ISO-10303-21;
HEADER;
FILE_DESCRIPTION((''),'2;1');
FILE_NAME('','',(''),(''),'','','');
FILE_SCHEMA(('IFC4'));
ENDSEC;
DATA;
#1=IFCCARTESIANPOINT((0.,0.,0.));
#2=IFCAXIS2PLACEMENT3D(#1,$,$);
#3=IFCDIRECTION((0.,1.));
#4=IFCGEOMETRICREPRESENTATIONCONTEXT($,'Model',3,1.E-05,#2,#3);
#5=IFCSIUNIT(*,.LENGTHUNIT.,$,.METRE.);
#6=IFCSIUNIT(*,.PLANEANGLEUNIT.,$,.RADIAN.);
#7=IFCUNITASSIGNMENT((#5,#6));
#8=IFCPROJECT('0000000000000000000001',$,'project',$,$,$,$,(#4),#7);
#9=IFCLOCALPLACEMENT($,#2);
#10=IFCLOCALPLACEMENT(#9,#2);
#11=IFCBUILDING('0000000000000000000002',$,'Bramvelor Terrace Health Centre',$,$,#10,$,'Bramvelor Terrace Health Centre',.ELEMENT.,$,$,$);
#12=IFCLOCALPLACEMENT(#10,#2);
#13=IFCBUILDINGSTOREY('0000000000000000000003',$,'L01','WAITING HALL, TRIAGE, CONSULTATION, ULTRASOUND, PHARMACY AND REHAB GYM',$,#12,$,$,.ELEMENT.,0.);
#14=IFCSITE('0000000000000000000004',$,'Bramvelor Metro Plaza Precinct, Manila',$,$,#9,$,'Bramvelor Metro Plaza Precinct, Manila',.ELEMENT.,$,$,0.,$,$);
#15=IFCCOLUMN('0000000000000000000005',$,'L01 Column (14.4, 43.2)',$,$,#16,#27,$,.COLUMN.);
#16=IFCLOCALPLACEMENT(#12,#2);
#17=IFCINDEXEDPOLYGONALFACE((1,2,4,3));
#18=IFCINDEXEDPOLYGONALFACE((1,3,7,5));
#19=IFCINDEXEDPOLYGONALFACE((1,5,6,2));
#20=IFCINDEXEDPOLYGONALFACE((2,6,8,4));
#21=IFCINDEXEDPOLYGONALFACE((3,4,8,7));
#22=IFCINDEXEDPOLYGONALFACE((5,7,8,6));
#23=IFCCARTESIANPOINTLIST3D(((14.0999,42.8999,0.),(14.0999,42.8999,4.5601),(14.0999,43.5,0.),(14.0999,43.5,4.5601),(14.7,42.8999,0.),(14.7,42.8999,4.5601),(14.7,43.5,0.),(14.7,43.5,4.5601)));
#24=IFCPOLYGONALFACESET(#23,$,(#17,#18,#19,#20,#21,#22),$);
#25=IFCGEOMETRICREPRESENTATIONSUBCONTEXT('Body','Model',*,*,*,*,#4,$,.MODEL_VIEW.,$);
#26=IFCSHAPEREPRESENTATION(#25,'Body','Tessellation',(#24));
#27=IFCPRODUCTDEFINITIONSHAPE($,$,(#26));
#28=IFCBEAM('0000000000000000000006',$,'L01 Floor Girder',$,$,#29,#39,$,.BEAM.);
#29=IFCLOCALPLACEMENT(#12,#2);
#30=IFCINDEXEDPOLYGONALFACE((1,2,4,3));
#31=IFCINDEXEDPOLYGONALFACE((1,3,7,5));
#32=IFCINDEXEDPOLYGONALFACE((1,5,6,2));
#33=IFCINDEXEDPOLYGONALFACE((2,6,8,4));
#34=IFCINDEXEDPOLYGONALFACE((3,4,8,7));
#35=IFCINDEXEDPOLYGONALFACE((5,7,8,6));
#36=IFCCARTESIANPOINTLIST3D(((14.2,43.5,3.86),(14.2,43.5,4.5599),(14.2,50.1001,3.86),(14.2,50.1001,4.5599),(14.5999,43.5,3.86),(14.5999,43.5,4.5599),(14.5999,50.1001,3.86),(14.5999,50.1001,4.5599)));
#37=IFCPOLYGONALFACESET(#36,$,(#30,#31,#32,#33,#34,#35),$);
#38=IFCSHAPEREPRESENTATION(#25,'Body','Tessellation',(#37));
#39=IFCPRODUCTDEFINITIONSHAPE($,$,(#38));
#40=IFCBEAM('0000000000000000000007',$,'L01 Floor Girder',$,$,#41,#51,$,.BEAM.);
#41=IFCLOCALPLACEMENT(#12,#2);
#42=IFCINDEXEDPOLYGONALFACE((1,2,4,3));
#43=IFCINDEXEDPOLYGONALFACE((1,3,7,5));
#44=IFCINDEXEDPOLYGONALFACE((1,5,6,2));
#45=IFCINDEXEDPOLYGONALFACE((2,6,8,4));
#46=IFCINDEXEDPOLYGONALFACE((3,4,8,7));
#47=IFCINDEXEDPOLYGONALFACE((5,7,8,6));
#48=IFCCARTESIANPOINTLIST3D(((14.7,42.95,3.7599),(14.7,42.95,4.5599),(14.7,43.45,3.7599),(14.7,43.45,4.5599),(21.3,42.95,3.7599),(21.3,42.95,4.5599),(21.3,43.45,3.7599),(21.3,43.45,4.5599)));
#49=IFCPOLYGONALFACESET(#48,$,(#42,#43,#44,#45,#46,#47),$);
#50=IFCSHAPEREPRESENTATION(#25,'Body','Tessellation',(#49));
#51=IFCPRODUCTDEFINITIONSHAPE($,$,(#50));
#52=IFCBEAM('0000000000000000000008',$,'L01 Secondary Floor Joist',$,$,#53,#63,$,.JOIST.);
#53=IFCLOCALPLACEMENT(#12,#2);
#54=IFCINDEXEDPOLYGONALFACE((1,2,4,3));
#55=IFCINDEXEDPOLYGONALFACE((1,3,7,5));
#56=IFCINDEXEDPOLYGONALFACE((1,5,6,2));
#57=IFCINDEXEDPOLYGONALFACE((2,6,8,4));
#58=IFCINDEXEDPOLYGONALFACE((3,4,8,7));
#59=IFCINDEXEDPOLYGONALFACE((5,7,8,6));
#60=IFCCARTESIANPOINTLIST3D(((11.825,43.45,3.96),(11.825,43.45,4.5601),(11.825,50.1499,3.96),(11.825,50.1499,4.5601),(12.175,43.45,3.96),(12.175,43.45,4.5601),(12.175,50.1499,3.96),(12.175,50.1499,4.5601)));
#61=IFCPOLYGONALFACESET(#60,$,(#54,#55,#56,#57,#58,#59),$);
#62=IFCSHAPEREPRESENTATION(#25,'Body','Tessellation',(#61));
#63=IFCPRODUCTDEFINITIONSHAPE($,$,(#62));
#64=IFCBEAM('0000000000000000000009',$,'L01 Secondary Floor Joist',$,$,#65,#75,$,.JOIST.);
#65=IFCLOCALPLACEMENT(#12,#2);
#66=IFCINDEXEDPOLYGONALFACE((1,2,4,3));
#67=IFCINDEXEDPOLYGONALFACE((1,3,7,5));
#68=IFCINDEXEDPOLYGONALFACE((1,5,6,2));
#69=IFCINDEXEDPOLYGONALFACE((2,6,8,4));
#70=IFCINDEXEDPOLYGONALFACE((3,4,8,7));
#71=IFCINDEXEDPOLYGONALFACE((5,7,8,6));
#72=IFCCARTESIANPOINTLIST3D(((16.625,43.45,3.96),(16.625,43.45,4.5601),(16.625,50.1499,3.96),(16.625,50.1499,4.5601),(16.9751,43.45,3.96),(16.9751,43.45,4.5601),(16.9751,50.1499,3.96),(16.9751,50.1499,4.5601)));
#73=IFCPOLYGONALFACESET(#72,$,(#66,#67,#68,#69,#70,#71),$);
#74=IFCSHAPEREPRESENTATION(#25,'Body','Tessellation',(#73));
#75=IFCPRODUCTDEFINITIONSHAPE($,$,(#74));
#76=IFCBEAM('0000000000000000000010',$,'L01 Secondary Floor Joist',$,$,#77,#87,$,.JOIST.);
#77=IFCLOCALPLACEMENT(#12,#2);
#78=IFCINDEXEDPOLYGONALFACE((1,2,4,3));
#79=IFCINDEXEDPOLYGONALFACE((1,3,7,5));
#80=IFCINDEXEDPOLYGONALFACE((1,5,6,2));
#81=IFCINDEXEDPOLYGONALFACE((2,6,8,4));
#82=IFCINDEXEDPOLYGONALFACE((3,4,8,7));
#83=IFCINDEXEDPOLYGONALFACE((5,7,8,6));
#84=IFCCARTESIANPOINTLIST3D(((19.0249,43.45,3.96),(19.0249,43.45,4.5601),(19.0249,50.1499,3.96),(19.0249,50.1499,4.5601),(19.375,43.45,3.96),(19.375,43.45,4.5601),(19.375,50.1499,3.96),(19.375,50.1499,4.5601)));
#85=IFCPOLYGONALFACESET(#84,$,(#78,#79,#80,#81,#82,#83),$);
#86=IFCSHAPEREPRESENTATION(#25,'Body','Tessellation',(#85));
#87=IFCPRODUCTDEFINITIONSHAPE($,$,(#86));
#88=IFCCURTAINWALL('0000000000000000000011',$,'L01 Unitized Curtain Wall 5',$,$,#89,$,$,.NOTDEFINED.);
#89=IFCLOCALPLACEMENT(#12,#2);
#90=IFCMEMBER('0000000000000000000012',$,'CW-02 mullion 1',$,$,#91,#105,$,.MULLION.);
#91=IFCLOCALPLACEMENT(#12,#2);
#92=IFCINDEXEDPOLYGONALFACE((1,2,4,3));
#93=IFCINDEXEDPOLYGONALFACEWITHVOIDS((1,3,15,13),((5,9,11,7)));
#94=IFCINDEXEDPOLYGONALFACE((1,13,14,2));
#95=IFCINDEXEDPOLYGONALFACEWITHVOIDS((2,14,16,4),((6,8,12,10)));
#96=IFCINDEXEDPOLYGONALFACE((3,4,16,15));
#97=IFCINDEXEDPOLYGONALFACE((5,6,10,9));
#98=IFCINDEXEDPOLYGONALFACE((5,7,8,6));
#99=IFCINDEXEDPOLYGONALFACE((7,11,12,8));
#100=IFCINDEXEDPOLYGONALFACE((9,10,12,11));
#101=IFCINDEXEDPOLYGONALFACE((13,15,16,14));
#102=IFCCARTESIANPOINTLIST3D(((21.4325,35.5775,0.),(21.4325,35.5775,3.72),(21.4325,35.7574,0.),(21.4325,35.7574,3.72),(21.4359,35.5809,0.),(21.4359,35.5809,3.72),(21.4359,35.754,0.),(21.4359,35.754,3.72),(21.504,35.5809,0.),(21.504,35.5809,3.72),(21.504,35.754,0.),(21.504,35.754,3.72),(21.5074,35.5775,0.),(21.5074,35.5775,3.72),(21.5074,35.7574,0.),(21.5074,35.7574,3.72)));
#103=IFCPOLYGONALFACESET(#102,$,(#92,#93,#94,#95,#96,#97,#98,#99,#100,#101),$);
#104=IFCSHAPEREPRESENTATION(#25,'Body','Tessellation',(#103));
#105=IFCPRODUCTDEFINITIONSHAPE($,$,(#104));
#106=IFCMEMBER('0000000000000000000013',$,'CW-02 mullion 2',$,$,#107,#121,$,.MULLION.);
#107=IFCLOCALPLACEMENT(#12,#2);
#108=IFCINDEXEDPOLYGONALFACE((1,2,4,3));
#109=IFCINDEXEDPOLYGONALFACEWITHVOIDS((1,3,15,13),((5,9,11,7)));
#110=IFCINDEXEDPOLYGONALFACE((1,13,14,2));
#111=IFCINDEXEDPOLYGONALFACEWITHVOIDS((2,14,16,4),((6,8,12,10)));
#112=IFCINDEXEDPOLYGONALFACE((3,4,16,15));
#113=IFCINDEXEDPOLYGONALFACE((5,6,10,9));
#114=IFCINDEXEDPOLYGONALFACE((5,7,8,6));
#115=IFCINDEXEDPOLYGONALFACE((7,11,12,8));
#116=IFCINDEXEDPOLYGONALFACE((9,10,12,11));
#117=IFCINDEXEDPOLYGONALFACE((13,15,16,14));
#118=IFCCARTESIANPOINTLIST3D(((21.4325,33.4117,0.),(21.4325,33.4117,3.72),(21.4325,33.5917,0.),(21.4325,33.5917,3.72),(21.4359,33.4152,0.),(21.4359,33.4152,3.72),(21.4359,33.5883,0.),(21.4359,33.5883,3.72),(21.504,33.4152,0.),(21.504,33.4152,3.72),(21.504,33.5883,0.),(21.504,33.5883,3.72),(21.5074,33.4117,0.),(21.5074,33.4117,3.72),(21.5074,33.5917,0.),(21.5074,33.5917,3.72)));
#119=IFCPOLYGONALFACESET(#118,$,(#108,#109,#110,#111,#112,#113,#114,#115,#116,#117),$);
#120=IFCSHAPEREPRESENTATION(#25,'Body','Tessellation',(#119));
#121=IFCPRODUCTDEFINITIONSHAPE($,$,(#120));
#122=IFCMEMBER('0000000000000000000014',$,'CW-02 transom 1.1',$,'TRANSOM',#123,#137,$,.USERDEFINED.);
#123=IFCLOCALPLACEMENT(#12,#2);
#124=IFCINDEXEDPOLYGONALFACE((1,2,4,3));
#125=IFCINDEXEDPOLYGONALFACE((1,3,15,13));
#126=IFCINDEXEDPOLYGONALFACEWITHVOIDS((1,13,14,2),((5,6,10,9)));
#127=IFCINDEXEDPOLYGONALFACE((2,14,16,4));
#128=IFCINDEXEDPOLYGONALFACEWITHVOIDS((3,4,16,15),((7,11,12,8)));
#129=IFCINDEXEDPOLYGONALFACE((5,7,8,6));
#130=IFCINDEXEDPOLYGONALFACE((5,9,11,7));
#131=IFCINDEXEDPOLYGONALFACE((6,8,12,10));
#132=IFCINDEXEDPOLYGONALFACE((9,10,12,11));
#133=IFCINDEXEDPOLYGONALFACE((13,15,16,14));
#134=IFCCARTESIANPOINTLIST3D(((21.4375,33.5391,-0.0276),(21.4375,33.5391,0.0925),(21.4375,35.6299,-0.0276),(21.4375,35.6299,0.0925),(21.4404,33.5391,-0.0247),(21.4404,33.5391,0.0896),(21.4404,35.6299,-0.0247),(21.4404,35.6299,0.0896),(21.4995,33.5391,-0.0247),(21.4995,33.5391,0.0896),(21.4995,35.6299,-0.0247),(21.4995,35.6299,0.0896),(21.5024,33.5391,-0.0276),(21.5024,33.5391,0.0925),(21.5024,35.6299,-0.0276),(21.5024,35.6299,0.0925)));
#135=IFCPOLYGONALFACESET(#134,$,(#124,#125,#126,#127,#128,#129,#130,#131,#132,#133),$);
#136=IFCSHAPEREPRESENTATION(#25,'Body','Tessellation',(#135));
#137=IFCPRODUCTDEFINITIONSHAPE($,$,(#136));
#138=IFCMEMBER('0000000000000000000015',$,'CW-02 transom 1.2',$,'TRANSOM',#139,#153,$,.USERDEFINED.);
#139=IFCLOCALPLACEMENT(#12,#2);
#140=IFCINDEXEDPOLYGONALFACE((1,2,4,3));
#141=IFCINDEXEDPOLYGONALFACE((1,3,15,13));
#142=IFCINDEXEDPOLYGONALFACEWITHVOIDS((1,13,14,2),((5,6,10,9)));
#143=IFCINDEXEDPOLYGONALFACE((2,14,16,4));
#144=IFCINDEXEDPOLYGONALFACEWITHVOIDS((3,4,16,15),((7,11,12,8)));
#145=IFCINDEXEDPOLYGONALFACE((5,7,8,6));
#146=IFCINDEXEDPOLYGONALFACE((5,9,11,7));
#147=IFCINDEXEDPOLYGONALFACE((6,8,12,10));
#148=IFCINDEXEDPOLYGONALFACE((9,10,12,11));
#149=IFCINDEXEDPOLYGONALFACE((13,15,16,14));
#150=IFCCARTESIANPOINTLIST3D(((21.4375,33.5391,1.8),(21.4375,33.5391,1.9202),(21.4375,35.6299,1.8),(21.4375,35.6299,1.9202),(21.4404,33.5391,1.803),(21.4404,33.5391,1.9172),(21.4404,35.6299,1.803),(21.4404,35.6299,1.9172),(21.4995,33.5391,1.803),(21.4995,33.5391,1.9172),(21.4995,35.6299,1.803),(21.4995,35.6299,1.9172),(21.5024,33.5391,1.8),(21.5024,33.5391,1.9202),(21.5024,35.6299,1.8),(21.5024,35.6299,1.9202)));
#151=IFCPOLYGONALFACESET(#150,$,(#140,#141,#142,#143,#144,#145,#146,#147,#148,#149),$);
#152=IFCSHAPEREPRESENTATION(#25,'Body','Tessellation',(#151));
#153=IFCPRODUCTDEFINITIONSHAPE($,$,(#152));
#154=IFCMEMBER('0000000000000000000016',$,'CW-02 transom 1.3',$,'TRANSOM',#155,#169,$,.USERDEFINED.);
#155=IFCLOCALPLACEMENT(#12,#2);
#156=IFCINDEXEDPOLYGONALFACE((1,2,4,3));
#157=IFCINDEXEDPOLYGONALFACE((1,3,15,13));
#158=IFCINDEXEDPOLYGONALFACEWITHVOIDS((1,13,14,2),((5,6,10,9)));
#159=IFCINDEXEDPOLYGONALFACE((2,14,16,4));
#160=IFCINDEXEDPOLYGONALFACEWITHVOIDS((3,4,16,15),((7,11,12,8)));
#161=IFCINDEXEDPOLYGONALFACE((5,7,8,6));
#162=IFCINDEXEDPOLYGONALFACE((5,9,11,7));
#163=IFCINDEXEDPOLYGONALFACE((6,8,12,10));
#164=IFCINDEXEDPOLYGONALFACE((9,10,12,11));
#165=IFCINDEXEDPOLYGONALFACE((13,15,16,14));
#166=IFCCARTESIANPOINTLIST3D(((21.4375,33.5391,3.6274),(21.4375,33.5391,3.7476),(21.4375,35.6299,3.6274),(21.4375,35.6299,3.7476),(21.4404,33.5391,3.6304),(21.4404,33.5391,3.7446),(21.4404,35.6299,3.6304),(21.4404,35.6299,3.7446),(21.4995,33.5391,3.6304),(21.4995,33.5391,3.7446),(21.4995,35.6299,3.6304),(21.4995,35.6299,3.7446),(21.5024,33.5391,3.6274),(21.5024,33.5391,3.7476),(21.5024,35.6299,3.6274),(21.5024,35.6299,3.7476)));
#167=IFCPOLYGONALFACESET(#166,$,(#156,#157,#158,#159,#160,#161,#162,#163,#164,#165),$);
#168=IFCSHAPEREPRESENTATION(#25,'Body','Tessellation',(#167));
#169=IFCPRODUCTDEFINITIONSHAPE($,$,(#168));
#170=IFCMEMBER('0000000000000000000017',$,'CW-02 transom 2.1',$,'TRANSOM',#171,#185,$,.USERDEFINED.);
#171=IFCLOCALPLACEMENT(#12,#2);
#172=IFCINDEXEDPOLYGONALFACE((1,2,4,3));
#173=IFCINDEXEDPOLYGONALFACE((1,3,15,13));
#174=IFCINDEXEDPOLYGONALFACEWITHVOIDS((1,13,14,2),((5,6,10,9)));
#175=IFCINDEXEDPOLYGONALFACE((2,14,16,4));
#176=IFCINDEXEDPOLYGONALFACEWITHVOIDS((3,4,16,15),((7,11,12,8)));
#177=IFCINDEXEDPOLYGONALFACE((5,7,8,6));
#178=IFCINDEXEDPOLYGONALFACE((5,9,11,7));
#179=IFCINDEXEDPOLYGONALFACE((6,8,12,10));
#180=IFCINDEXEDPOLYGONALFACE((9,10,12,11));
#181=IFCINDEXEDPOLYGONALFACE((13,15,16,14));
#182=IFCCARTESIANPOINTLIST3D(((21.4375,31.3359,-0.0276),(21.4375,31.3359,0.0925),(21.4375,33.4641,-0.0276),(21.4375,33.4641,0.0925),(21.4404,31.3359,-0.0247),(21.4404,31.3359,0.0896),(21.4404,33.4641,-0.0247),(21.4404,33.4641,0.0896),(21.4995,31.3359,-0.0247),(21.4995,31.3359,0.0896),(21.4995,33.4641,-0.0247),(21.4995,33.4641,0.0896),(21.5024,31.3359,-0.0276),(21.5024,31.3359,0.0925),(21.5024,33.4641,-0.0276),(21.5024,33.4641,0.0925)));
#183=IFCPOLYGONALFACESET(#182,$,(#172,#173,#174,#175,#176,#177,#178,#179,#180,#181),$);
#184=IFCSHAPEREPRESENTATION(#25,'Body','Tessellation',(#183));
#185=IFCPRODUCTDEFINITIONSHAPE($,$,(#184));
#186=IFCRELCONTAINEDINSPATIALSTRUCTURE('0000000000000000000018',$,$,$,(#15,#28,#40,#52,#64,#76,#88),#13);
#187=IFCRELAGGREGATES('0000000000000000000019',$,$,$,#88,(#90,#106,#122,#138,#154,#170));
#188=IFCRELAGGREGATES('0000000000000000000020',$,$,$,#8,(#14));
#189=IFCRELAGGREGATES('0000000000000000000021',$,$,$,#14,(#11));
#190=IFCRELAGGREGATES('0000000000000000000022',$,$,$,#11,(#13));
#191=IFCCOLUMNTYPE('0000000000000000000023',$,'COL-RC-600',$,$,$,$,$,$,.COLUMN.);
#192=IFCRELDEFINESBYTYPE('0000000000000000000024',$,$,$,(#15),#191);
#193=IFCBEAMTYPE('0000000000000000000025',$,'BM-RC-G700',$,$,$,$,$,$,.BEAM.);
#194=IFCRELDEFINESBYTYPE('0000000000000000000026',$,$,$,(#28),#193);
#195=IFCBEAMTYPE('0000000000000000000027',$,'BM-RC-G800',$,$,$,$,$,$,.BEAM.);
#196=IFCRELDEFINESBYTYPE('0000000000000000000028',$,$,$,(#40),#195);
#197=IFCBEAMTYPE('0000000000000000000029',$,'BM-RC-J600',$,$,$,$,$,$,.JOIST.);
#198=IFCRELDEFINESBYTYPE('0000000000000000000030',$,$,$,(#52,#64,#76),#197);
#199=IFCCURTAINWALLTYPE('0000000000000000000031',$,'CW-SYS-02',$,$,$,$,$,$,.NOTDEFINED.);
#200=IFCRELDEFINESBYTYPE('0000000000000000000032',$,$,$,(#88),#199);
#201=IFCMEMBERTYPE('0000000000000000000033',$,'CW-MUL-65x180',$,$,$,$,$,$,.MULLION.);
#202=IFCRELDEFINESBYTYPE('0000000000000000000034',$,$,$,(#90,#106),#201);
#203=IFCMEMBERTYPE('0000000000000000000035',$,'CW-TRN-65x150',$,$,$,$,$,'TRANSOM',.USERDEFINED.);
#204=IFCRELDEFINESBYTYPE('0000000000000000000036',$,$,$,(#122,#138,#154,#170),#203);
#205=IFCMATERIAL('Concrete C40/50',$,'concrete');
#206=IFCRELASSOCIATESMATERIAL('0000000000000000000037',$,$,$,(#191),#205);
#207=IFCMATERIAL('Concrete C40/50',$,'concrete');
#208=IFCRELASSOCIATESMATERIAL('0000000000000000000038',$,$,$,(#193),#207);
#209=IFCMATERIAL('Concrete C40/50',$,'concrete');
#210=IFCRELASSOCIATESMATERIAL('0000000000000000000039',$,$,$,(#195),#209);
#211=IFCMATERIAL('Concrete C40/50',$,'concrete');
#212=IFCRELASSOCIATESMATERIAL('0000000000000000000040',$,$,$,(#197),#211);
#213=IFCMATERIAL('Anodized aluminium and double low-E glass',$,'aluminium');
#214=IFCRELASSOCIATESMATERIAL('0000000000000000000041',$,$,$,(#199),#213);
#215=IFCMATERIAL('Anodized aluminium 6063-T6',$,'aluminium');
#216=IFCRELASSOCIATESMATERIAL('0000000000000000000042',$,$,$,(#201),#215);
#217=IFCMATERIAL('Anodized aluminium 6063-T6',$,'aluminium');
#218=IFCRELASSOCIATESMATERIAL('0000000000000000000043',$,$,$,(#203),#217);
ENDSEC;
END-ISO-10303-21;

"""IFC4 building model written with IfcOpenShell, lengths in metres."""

from ifc_helpers import new_model, si_unit, direction, frame, origin, origin_2d, place, context, subcontext, project, spatial, rectangle, hollow_rectangle, extrude, material, material_profile, profile_set, type_object, element, aggregate, save


model = new_model("IFC4")

# Units and contexts
model_context = context("Model", 3, precision=1e-05, world=origin(), true_north=direction((0.0, 1.0)))
body_context = subcontext(model_context, "Body", "Model", "MODEL_VIEW")
ifc_project = project(units=[si_unit("LENGTHUNIT", "METRE"), si_unit("PLANEANGLEUNIT", "RADIAN")], contexts=[model_context])

# Site, building, storey
site_placement = place(None, origin())
site = spatial("IfcSite", under=ifc_project, at=site_placement, Name="Bramvelor Metro Plaza Precinct, Manila", LongName="Bramvelor Metro Plaza Precinct, Manila", CompositionType="ELEMENT", RefElevation=0.0)
building_placement = place(site_placement, origin())
building = spatial("IfcBuilding", under=site, at=building_placement, Name="Bramvelor Terrace Health Centre", LongName="Bramvelor Terrace Health Centre", CompositionType="ELEMENT")
storey_placement = place(building_placement, origin())
storey = spatial("IfcBuildingStorey", under=building, at=storey_placement, Name="L01", Description="WAITING HALL, TRIAGE, CONSULTATION, ULTRASOUND, PHARMACY AND REHAB GYM", CompositionType="ELEMENT", Elevation=0.0)

# Column
ifc_material_1 = material(Name="Concrete C40/50", Category="concrete")
ifc_material_profile_1 = material_profile(ifc_material_1, rectangle(XDim=0.6001, YDim=0.6001, at=origin_2d()), Name="RC 600x600")
ifc_profile_set_1 = profile_set([ifc_material_profile_1], Name="Concrete C40/50")
column_type = type_object("IfcColumnType", Name="COL-RC-600", PredefinedType="COLUMN", material=ifc_profile_set_1)
column_placement = place(storey_placement, frame((14.3999, 43.2, 0.0), z_axis=(0.0, 0.0, 1.0), x_axis=(1.0, 0.0, 0.0)))
element("IfcColumn", 1, at=column_placement, inside=storey, type_object=column_type, Name="L01 Column (14.4, 43.2)", PredefinedType="COLUMN", context=body_context, shape_type="SweptSolid", body=[
    extrude(rectangle(XDim=0.6001, YDim=0.6001, at=origin_2d()), origin(), (0.0, 0.0, 1.0), 4.5601),
])

# Beams
ifc_material_2 = material(Name="Concrete C40/50", Category="concrete")
ifc_material_profile_2 = material_profile(ifc_material_2, rectangle(XDim=0.3999, YDim=0.7, at=origin_2d()), Name="RC 400x700")
ifc_profile_set_2 = profile_set([ifc_material_profile_2], Name="Concrete C40/50")
beam_type_1 = type_object("IfcBeamType", Name="BM-RC-G700", PredefinedType="BEAM", material=ifc_profile_set_2)
beam_1_placement = place(storey_placement, frame((14.3999, 43.5, 4.21), z_axis=(0.0, 1.0, 0.0), x_axis=(-1.0, 0.0, 0.0)))
element("IfcBeam", 2, at=beam_1_placement, inside=storey, type_object=beam_type_1, Name="L01 Floor Girder", PredefinedType="BEAM", context=body_context, shape_type="SweptSolid", body=[
    extrude(rectangle(XDim=0.3999, YDim=0.7, at=origin_2d()), origin(), (0.0, 0.0, 1.0), 6.6001),
])
ifc_material_3 = material(Name="Concrete C40/50", Category="concrete")
ifc_material_profile_3 = material_profile(ifc_material_3, rectangle(XDim=0.5, YDim=0.8, at=origin_2d()), Name="RC 500x800")
ifc_profile_set_3 = profile_set([ifc_material_profile_3], Name="Concrete C40/50")
beam_type_2 = type_object("IfcBeamType", Name="BM-RC-G800", PredefinedType="BEAM", material=ifc_profile_set_3)
beam_2_placement = place(storey_placement, frame((14.7, 43.2, 4.1599), z_axis=(1.0, 0.0, 0.0), x_axis=(0.0, 1.0, 0.0)))
element("IfcBeam", 3, at=beam_2_placement, inside=storey, type_object=beam_type_2, Name="L01 Floor Girder", PredefinedType="BEAM", context=body_context, shape_type="SweptSolid", body=[
    extrude(rectangle(XDim=0.5, YDim=0.8, at=origin_2d()), origin(), (0.0, 0.0, 1.0), 6.6001),
])
ifc_material_4 = material(Name="Concrete C40/50", Category="concrete")
ifc_material_profile_4 = material_profile(ifc_material_4, rectangle(XDim=0.3501, YDim=0.6001, at=origin_2d()), Name="RC 350x600")
ifc_profile_set_4 = profile_set([ifc_material_profile_4], Name="Concrete C40/50")
beam_type_3 = type_object("IfcBeamType", Name="BM-RC-J600", PredefinedType="JOIST", material=ifc_profile_set_4)
for number, where, z_axis, x_axis, name in (
    (4, (12.0, 43.45, 4.26), (0.0, 1.0, 0.0), (-1.0, 0.0, 0.0), "L01 Secondary Floor Joist"),
    (5, (16.8, 43.45, 4.26), (0.0, 1.0, 0.0), (-1.0, 0.0, 0.0), "L01 Secondary Floor Joist"),
    (6, (19.2, 43.45, 4.26), (0.0, 1.0, 0.0), (-1.0, 0.0, 0.0), "L01 Secondary Floor Joist"),
):
    element("IfcBeam", number, at=place(storey_placement, frame(where, z_axis=z_axis, x_axis=x_axis)), inside=storey, type_object=beam_type_3, Name=name, PredefinedType="JOIST", context=body_context, shape_type="SweptSolid", body=[
        extrude(rectangle(XDim=0.3501, YDim=0.6001, at=origin_2d()), origin(), (0.0, 0.0, 1.0), 6.7),
    ])

# Curtain wall, members
ifc_material_5 = material(Name="Anodized aluminium and double low-E glass", Category="aluminium")
curtain_wall_type = type_object("IfcCurtainWallType", Name="CW-SYS-02", PredefinedType="NOTDEFINED", material=ifc_material_5)
curtain_wall_placement = place(storey_placement, origin())
curtain_wall = element("IfcCurtainWall", 7, at=curtain_wall_placement, inside=storey, type_object=curtain_wall_type, Name="L01 Unitized Curtain Wall 5", PredefinedType="NOTDEFINED")
ifc_material_6 = material(Name="Anodized aluminium 6063-T6", Category="aluminium")
ifc_material_profile_5 = material_profile(ifc_material_6, hollow_rectangle(XDim=0.075, YDim=0.1799, WallThickness=0.0034, at=origin_2d()), Name="ALU-MUL 75x180x3.5")
ifc_profile_set_5 = profile_set([ifc_material_profile_5], Name="Anodized aluminium 6063-T6")
member_type_1 = type_object("IfcMemberType", Name="CW-MUL-65x180", PredefinedType="MULLION", material=ifc_profile_set_5)
member_1_placement = place(storey_placement, frame((21.47, 35.6675, 0.0), z_axis=(0.0, 0.0, 1.0), x_axis=(1.0, 0.0, 0.0)))
member_1 = element("IfcMember", 8, at=member_1_placement, type_object=member_type_1, Name="CW-02 mullion 1", PredefinedType="MULLION", context=body_context, shape_type="SweptSolid", body=[
    extrude(hollow_rectangle(XDim=0.075, YDim=0.1799, WallThickness=0.0034, at=origin_2d()), origin(), (0.0, 0.0, 1.0), 3.72),
])
member_2_placement = place(storey_placement, frame((21.47, 33.5017, 0.0), z_axis=(0.0, 0.0, 1.0), x_axis=(1.0, 0.0, 0.0)))
member_2 = element("IfcMember", 9, at=member_2_placement, type_object=member_type_1, Name="CW-02 mullion 2", PredefinedType="MULLION", context=body_context, shape_type="SweptSolid", body=[
    extrude(hollow_rectangle(XDim=0.075, YDim=0.1799, WallThickness=0.0034, at=origin_2d()), origin(), (0.0, 0.0, 1.0), 3.72),
])
ifc_material_7 = material(Name="Anodized aluminium 6063-T6", Category="aluminium")
ifc_material_profile_6 = material_profile(ifc_material_7, hollow_rectangle(XDim=0.0649, YDim=0.1201, WallThickness=0.0029, at=origin_2d()), Name="ALU-TRN 65x120x3.0")
ifc_profile_set_6 = profile_set([ifc_material_profile_6], Name="Anodized aluminium 6063-T6")
member_type_2 = type_object("IfcMemberType", Name="CW-TRN-65x150", ElementType="TRANSOM", PredefinedType="USERDEFINED", material=ifc_profile_set_6)
member_3_placement = place(storey_placement, frame((21.47, 35.6299, 0.0325), z_axis=(0.0, -1.0, 0.0), x_axis=(1.0, 0.0, 0.0)))
member_3 = element("IfcMember", 10, at=member_3_placement, type_object=member_type_2, Name="CW-02 transom 1.1", ObjectType="TRANSOM", PredefinedType="USERDEFINED", context=body_context, shape_type="SweptSolid", body=[
    extrude(hollow_rectangle(XDim=0.0649, YDim=0.1201, WallThickness=0.0029, at=origin_2d()), origin(), (0.0, 0.0, 1.0), 2.0908),
])
member_4_placement = place(storey_placement, frame((21.47, 35.6299, 1.8601), z_axis=(0.0, -1.0, 0.0), x_axis=(1.0, 0.0, 0.0)))
member_4 = element("IfcMember", 11, at=member_4_placement, type_object=member_type_2, Name="CW-02 transom 1.2", ObjectType="TRANSOM", PredefinedType="USERDEFINED", context=body_context, shape_type="SweptSolid", body=[
    extrude(hollow_rectangle(XDim=0.0649, YDim=0.1201, WallThickness=0.0029, at=origin_2d()), origin(), (0.0, 0.0, 1.0), 2.0908),
])
member_5_placement = place(storey_placement, frame((21.47, 35.6299, 3.6875), z_axis=(0.0, -1.0, 0.0), x_axis=(1.0, 0.0, 0.0)))
member_5 = element("IfcMember", 12, at=member_5_placement, type_object=member_type_2, Name="CW-02 transom 1.3", ObjectType="TRANSOM", PredefinedType="USERDEFINED", context=body_context, shape_type="SweptSolid", body=[
    extrude(hollow_rectangle(XDim=0.0649, YDim=0.1201, WallThickness=0.0029, at=origin_2d()), origin(), (0.0, 0.0, 1.0), 2.0908),
])
member_6_placement = place(storey_placement, frame((21.47, 33.4641, 0.0325), z_axis=(0.0, -1.0, 0.0), x_axis=(1.0, 0.0, 0.0)))
member_6 = element("IfcMember", 13, at=member_6_placement, type_object=member_type_2, Name="CW-02 transom 2.1", ObjectType="TRANSOM", PredefinedType="USERDEFINED", context=body_context, shape_type="SweptSolid", body=[
    extrude(hollow_rectangle(XDim=0.0649, YDim=0.1201, WallThickness=0.0029, at=origin_2d()), origin(), (0.0, 0.0, 1.0), 2.1282),
])
aggregate(curtain_wall, [member_1, member_2, member_3, member_4, member_5, member_6])

save(model, "model.ifc")
